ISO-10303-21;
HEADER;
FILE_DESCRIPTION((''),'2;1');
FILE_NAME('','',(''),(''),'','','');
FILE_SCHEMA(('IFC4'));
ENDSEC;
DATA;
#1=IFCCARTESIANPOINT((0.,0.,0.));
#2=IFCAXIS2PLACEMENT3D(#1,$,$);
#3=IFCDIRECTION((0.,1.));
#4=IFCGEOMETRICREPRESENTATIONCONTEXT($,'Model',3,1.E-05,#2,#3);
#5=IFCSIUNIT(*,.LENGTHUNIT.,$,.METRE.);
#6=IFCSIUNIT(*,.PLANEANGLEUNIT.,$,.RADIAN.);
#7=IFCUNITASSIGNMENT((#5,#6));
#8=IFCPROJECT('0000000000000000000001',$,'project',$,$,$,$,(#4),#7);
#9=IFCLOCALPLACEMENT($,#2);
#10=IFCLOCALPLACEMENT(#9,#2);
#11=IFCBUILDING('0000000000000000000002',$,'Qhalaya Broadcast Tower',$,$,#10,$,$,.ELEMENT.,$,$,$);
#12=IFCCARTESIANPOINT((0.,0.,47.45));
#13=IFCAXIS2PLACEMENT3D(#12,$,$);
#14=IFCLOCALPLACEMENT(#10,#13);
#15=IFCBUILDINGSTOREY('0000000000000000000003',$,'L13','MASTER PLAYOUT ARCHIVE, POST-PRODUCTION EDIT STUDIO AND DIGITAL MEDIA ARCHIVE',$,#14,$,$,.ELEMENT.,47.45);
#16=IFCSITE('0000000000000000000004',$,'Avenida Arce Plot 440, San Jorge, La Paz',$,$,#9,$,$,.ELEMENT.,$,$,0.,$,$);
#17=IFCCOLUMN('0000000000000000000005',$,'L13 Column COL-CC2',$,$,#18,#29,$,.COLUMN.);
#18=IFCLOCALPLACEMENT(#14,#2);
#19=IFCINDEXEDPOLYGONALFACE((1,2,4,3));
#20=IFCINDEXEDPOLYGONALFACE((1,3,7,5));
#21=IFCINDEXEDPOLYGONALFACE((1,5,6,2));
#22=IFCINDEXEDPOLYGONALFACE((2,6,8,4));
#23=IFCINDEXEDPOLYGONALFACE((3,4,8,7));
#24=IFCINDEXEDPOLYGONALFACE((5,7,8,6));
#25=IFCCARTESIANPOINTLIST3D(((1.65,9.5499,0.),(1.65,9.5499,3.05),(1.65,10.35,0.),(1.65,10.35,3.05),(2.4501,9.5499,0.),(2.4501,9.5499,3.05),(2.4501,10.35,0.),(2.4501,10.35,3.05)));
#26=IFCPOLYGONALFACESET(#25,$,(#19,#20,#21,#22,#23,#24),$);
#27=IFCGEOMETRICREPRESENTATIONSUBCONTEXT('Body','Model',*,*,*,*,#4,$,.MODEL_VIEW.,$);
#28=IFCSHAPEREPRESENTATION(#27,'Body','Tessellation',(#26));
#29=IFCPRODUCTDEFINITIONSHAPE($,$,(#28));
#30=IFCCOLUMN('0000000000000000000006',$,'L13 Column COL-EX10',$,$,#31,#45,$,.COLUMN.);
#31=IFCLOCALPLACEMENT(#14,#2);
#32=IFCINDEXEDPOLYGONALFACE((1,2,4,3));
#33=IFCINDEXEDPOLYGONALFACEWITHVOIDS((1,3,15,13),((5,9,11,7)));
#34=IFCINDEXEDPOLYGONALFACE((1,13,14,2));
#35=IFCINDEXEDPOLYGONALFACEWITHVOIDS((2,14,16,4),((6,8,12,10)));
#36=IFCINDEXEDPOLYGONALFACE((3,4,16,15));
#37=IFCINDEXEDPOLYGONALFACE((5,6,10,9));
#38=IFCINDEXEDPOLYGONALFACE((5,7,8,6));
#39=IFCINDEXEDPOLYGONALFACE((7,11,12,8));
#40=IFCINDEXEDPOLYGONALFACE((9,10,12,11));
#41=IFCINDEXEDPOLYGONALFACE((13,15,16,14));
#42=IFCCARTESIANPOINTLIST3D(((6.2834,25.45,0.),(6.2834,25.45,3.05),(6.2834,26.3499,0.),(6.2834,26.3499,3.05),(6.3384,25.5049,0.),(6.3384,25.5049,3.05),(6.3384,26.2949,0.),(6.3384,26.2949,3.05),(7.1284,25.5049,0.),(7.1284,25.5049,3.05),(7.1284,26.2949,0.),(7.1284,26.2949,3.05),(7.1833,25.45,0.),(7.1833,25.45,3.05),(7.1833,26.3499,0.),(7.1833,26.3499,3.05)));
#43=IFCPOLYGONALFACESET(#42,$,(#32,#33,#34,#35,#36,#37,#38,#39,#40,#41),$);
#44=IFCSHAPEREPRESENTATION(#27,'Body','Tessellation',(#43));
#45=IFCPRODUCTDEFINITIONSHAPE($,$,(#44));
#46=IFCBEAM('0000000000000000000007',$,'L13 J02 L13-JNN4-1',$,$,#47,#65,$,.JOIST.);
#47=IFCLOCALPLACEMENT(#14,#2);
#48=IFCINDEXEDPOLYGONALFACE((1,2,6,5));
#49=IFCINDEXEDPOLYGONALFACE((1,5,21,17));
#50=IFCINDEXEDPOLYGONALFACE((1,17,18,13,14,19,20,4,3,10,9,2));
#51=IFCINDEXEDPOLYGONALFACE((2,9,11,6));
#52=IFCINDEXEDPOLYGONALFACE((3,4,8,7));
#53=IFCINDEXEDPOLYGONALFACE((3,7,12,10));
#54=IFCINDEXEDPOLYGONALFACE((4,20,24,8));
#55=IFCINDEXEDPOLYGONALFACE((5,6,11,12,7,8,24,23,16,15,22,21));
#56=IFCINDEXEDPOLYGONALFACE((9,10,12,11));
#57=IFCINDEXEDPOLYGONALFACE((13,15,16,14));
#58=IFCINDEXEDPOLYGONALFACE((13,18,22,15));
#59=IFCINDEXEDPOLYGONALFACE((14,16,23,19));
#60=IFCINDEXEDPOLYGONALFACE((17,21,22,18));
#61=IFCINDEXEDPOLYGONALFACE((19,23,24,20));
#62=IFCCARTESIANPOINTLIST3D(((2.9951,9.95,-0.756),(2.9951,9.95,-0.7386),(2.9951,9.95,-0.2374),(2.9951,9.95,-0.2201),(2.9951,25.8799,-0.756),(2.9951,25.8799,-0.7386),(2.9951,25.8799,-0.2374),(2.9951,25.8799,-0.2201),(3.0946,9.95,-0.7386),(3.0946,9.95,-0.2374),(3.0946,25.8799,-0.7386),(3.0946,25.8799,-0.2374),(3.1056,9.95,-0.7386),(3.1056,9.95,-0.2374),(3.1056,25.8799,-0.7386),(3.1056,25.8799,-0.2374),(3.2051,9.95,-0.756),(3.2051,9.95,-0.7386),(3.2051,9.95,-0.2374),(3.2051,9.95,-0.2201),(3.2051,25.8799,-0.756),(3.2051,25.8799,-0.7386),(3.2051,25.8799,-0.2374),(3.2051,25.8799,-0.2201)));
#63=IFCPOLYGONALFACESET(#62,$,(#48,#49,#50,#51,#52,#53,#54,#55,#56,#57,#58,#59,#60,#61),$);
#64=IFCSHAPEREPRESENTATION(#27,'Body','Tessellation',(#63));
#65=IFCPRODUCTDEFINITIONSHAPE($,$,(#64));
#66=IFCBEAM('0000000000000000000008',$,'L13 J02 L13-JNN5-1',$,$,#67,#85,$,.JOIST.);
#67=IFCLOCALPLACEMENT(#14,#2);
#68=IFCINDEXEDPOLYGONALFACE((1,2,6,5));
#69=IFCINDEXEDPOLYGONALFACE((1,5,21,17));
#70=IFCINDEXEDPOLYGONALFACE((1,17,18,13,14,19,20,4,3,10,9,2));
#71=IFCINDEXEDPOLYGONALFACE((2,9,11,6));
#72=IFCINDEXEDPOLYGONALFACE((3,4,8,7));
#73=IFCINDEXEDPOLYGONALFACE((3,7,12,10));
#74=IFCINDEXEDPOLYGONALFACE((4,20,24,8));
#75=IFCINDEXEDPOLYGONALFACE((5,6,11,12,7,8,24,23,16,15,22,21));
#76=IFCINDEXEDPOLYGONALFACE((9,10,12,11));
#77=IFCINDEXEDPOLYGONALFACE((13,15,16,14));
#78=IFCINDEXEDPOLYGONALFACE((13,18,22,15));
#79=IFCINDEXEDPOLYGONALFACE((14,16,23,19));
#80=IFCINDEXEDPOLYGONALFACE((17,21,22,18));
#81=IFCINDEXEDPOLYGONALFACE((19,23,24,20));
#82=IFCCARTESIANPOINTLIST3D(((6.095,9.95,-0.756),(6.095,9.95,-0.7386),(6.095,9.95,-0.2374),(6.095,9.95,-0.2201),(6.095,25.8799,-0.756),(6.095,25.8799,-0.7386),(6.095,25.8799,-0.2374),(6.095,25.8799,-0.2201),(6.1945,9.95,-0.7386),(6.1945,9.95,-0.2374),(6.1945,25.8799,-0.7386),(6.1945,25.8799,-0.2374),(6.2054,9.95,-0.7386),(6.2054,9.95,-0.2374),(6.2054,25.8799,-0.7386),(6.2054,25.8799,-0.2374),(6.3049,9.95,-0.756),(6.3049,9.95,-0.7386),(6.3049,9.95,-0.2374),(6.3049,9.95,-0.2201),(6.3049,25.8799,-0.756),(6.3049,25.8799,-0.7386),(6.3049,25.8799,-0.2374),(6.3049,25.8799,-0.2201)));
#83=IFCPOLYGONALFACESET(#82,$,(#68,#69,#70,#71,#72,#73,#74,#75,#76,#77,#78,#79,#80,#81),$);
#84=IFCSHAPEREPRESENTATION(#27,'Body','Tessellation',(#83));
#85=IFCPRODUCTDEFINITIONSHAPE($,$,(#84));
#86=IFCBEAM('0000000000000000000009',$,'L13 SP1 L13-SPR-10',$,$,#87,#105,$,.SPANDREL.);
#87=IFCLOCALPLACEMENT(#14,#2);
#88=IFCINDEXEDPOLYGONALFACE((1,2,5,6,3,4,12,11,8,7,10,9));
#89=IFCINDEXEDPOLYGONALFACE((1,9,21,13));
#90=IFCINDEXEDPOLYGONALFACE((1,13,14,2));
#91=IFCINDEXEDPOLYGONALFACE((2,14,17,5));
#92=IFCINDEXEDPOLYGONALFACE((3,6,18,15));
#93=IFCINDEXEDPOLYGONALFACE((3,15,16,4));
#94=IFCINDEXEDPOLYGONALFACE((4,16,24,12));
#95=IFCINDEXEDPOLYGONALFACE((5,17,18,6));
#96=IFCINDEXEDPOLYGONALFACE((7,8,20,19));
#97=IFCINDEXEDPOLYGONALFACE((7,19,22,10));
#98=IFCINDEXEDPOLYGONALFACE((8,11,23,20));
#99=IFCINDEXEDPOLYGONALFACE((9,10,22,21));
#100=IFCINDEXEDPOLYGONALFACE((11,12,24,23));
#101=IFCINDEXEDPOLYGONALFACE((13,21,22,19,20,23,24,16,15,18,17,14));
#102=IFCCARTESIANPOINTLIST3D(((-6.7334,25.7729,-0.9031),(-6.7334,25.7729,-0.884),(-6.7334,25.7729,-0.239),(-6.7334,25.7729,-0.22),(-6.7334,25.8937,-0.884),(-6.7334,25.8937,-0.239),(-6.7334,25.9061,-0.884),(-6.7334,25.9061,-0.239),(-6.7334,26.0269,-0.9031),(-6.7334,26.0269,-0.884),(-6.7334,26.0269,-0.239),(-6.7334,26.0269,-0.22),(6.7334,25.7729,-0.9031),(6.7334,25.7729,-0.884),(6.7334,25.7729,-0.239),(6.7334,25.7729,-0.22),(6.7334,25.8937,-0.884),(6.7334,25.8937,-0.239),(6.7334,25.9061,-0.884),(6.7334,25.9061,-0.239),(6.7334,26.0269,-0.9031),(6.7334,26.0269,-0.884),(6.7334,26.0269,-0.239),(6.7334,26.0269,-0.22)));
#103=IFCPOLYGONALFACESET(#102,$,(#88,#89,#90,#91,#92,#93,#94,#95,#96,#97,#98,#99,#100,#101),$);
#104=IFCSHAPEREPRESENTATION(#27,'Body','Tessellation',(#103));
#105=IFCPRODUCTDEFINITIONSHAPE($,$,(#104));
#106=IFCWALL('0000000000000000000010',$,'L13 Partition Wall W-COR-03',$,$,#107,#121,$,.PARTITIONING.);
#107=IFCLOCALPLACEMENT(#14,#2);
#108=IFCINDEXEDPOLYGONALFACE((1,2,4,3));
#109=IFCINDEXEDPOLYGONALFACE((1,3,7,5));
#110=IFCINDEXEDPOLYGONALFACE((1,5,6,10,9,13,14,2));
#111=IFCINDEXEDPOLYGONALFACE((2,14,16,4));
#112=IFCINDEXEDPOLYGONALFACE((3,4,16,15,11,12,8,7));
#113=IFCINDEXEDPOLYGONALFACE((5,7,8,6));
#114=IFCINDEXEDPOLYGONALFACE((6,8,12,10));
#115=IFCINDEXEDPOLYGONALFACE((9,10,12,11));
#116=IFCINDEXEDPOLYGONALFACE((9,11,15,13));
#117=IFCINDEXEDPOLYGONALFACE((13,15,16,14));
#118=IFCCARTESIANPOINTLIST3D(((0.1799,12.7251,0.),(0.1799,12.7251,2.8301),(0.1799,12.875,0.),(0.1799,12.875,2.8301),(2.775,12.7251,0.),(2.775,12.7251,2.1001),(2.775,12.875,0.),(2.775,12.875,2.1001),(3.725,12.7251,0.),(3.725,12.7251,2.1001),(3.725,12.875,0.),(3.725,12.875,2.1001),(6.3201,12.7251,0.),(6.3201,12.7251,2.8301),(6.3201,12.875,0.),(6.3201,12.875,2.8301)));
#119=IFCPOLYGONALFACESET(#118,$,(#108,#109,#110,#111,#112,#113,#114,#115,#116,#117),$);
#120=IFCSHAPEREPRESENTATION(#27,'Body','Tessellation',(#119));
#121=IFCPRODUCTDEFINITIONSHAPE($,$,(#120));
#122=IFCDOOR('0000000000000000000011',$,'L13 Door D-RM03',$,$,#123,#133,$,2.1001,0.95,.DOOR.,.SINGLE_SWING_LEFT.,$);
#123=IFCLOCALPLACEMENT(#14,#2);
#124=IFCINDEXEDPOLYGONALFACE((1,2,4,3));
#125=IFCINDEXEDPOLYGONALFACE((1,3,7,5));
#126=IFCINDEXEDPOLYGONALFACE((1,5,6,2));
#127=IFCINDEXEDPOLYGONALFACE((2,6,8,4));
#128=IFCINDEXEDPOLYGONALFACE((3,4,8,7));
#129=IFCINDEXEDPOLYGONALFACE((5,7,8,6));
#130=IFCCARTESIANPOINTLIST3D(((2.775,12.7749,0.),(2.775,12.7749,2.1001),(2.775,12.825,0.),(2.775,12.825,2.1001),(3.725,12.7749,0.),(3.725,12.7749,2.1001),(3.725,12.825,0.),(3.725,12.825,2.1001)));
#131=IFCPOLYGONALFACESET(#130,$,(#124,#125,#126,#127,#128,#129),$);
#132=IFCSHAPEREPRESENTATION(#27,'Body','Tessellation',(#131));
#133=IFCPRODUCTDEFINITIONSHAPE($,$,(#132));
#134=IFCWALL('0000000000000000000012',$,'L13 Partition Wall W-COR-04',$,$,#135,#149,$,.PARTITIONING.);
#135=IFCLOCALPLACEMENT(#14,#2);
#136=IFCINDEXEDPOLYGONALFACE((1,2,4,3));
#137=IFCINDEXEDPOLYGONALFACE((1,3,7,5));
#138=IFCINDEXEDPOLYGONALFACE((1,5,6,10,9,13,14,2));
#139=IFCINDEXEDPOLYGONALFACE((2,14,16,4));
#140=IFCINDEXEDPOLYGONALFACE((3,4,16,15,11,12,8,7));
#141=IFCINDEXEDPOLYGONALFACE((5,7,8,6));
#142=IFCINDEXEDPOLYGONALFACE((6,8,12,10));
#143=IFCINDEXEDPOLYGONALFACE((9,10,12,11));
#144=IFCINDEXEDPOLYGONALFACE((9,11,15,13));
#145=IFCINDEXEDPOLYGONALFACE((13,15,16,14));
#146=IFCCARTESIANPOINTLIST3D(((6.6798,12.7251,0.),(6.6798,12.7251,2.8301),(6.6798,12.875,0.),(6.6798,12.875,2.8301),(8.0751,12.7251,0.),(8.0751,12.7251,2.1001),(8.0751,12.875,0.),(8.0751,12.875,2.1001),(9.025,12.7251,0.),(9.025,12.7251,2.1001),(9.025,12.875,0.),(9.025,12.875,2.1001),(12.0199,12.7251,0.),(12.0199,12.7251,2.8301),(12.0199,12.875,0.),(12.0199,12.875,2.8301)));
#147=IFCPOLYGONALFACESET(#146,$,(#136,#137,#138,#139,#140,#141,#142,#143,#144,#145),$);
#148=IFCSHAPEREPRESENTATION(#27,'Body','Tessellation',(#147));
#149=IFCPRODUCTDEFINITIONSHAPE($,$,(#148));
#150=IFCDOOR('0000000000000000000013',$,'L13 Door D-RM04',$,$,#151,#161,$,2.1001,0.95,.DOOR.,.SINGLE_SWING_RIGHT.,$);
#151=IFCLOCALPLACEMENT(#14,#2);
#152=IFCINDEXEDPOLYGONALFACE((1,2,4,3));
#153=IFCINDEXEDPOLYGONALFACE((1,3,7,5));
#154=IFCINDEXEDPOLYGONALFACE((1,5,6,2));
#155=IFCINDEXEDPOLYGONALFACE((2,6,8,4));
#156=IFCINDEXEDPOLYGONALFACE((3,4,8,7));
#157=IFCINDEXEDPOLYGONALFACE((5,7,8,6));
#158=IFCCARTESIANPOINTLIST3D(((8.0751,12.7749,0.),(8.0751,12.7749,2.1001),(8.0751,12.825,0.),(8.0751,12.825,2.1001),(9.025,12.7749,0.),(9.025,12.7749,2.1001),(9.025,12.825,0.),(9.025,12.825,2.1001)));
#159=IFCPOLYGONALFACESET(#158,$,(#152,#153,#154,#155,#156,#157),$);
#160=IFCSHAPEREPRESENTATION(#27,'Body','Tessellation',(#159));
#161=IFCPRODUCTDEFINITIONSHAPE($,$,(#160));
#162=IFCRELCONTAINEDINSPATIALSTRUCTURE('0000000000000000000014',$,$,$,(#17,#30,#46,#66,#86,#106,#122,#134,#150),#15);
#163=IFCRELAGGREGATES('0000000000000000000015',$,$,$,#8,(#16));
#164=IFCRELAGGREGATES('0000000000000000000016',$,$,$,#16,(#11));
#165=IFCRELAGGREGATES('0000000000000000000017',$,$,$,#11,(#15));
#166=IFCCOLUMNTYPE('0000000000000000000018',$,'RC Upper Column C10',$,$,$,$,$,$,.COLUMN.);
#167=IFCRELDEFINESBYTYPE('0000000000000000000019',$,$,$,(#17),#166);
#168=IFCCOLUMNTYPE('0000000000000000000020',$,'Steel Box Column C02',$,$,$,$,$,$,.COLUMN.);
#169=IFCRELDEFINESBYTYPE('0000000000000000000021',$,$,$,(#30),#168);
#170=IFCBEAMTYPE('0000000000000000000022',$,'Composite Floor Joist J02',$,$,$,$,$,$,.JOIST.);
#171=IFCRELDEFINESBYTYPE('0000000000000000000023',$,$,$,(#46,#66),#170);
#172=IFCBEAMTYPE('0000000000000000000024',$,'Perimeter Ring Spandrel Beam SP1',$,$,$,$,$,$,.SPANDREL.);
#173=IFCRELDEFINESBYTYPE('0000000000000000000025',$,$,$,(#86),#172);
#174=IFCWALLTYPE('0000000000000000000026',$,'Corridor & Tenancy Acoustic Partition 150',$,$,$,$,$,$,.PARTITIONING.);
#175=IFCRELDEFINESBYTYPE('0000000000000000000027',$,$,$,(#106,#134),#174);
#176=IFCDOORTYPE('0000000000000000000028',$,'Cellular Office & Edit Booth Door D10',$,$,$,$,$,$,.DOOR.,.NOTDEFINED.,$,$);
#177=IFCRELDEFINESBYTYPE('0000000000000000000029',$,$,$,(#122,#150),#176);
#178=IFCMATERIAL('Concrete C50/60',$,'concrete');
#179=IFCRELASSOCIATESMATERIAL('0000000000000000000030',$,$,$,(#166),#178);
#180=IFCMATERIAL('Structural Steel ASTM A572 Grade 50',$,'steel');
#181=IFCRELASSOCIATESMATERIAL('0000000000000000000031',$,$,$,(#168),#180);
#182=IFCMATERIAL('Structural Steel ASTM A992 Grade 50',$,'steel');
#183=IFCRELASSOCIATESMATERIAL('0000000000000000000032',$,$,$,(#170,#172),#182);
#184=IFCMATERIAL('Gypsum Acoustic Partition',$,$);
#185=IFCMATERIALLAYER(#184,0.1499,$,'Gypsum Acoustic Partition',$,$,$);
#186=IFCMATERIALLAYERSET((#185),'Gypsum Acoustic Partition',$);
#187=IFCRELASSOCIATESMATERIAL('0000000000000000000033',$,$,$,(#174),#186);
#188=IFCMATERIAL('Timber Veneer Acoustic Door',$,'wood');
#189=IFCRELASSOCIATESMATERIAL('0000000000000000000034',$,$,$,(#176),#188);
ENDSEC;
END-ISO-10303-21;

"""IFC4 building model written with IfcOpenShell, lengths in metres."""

from ifc_helpers import new_model, si_unit, direction, frame, frame_2d, origin, origin_2d, place, context, subcontext, project, spatial, rectangle, hollow_rectangle, i_section, extrude, material, layer, layer_set, material_profile, profile_set, type_object, element, fill, save


model = new_model("IFC4")

# Units and contexts
model_context = context("Model", 3, precision=1e-05, world=origin(), true_north=direction((0.0, 1.0)))
body_context = subcontext(model_context, "Body", "Model", "MODEL_VIEW")
ifc_project = project(units=[si_unit("LENGTHUNIT", "METRE"), si_unit("PLANEANGLEUNIT", "RADIAN")], contexts=[model_context])

# Site, building, storey
site_placement = place(None, origin())
site = spatial("IfcSite", under=ifc_project, at=site_placement, Name="Avenida Arce Plot 440, San Jorge, La Paz", CompositionType="ELEMENT", RefElevation=0.0)
building_placement = place(site_placement, origin())
building = spatial("IfcBuilding", under=site, at=building_placement, Name="Qhalaya Broadcast Tower", CompositionType="ELEMENT")
storey_placement = place(building_placement, frame((0.0, 0.0, 47.45)))
storey = spatial("IfcBuildingStorey", under=building, at=storey_placement, Name="L13", Description="MASTER PLAYOUT ARCHIVE, POST-PRODUCTION EDIT STUDIO AND DIGITAL MEDIA ARCHIVE", CompositionType="ELEMENT", Elevation=47.45)

# Columns
ifc_material_1 = material(Name="Concrete C50/60", Category="concrete")
ifc_material_profile_1 = material_profile(ifc_material_1, rectangle(XDim=0.8, YDim=0.8, at=origin_2d()), Name="RC-COL 800x800")
ifc_profile_set_1 = profile_set([ifc_material_profile_1], Name="Concrete C50/60")
column_type_1 = type_object("IfcColumnType", Name="RC Upper Column C10", PredefinedType="COLUMN", material=ifc_profile_set_1)
column_1_placement = place(storey_placement, frame((2.05, 9.95, 0.0), z_axis=(0.0, 0.0, 1.0), x_axis=(1.0, 0.0, 0.0)))
element("IfcColumn", 1, at=column_1_placement, inside=storey, type_object=column_type_1, Name="L13 Column COL-CC2", PredefinedType="COLUMN", context=body_context, shape_type="SweptSolid", body=[
    extrude(rectangle(XDim=0.8, YDim=0.8, at=origin_2d()), origin(), (0.0, 0.0, 1.0), 3.05),
])
ifc_material_2 = material(Name="Structural Steel ASTM A572 Grade 50", Category="steel")
ifc_material_profile_2 = material_profile(ifc_material_2, hollow_rectangle(XDim=0.8999, YDim=0.8999, WallThickness=0.0549, at=origin_2d()), Name="BOX 900x900x55")
ifc_profile_set_2 = profile_set([ifc_material_profile_2], Name="Structural Steel ASTM A572 Grade 50")
column_type_2 = type_object("IfcColumnType", Name="Steel Box Column C02", PredefinedType="COLUMN", material=ifc_profile_set_2)
column_2_placement = place(storey_placement, frame((6.7334, 25.8999, 0.0), z_axis=(0.0, 0.0, 1.0), x_axis=(1.0, 0.0, 0.0)))
element("IfcColumn", 2, at=column_2_placement, inside=storey, type_object=column_type_2, Name="L13 Column COL-EX10", PredefinedType="COLUMN", context=body_context, shape_type="SweptSolid", body=[
    extrude(hollow_rectangle(XDim=0.8999, YDim=0.8999, WallThickness=0.0549, at=origin_2d()), origin(), (0.0, 0.0, 1.0), 3.05),
])

# Beams
ifc_material_3 = material(Name="Structural Steel ASTM A992 Grade 50", Category="steel")
ifc_material_profile_3 = material_profile(ifc_material_3, i_section(OverallWidth=0.21, OverallDepth=0.5359, WebThickness=0.011, FlangeThickness=0.0173, at=origin_2d()), Name="W21X68")
ifc_profile_set_3 = profile_set([ifc_material_profile_3], Name="Structural Steel ASTM A992 Grade 50")
beam_type_1 = type_object("IfcBeamType", Name="Composite Floor Joist J02", PredefinedType="JOIST", material=ifc_profile_set_3)
for number, where, z_axis, x_axis, name in (
    (3, (3.1001, 9.95, -0.488), (0.0, 1.0, 0.0), (-1.0, 0.0, 0.0), "L13 J02 L13-JNN4-1"),
    (4, (6.2, 9.95, -0.488), (0.0, 1.0, 0.0), (-1.0, 0.0, 0.0), "L13 J02 L13-JNN5-1"),
):
    element("IfcBeam", number, at=place(storey_placement, frame(where, z_axis=z_axis, x_axis=x_axis)), inside=storey, type_object=beam_type_1, Name=name, PredefinedType="JOIST", context=body_context, shape_type="SweptSolid", body=[
        extrude(i_section(OverallWidth=0.21, OverallDepth=0.5359, WebThickness=0.011, FlangeThickness=0.0173, at=origin_2d()), origin(), (0.0, 0.0, 1.0), 15.9299),
    ])
ifc_material_profile_4 = material_profile(ifc_material_3, i_section(OverallWidth=0.2539, OverallDepth=0.6831, WebThickness=0.0125, FlangeThickness=0.019, at=origin_2d()), Name="W27X94")
ifc_profile_set_4 = profile_set([ifc_material_profile_4], Name="Structural Steel ASTM A992 Grade 50")
beam_type_2 = type_object("IfcBeamType", Name="Perimeter Ring Spandrel Beam SP1", PredefinedType="SPANDREL", material=ifc_profile_set_4)
beam_placement = place(storey_placement, frame((6.7334, 25.8999, -0.5615), z_axis=(-1.0, 0.0, 0.0), x_axis=(0.0, -1.0, 0.0)))
element("IfcBeam", 5, at=beam_placement, inside=storey, type_object=beam_type_2, Name="L13 SP1 L13-SPR-10", PredefinedType="SPANDREL", context=body_context, shape_type="SweptSolid", body=[
    extrude(i_section(OverallWidth=0.2539, OverallDepth=0.6831, WebThickness=0.0125, FlangeThickness=0.019, at=origin_2d()), origin(), (0.0, 0.0, 1.0), 13.4668),
])

# Walls, openings, doors
ifc_material_4 = material(Name="Gypsum Acoustic Partition")
ifc_layer_1 = layer(ifc_material_4, 0.1499, Name="Gypsum Acoustic Partition")
ifc_layer_set_1 = layer_set([ifc_layer_1], Name="Gypsum Acoustic Partition")
wall_type_1 = type_object("IfcWallType", Name="Corridor & Tenancy Acoustic Partition 150", PredefinedType="PARTITIONING", material=ifc_layer_set_1)
wall_1_placement = place(storey_placement, frame((0.1799, 12.8, 0.0), z_axis=(0.0, 0.0, 1.0), x_axis=(1.0, 0.0, 0.0)))
wall_1 = element("IfcWall", 6, at=wall_1_placement, inside=storey, type_object=wall_type_1, Name="L13 Partition Wall W-COR-03", PredefinedType="PARTITIONING", context=body_context, shape_type="SweptSolid", body=[
    extrude(rectangle(XDim=6.1401, YDim=0.1499, at=frame_2d((3.0701, 0.0))), origin(), (0.0, 0.0, 1.0), 2.8301),
])
opening_1_placement = place(wall_1_placement, frame((2.595, 0.0, 0.0)))
opening_1 = element("IfcOpeningElement", 7, at=opening_1_placement, cuts=wall_1, PredefinedType="OPENING", context=body_context, shape_type="SweptSolid", body=[
    extrude(rectangle(XDim=0.95, YDim=2.1001, at=frame_2d((0.4751, 1.05))), frame((0.0, 0.0869, 0.0), z_axis=(0.0, -1.0, 0.0), x_axis=(1.0, 0.0, 0.0)), (0.0, 0.0, 1.0), 0.1738),
])
ifc_material_5 = material(Name="Timber Veneer Acoustic Door", Category="wood")
door_type = type_object("IfcDoorType", Name="Cellular Office & Edit Booth Door D10", OperationType="NOTDEFINED", PredefinedType="DOOR", material=ifc_material_5)
door_1_placement = place(opening_1_placement, origin())
door_1 = element("IfcDoor", 8, at=door_1_placement, inside=storey, type_object=door_type, Name="L13 Door D-RM03", OperationType="SINGLE_SWING_LEFT", OverallHeight=2.1001, OverallWidth=0.95, PredefinedType="DOOR", context=body_context, shape_type="SweptSolid", body=[
    extrude(rectangle(XDim=0.95, YDim=2.1001, at=frame_2d((0.4751, 1.05))), frame((0.0, 0.0249, 0.0), z_axis=(0.0, -1.0, 0.0), x_axis=(1.0, 0.0, 0.0)), (0.0, 0.0, 1.0), 0.05),
])
fill(opening_1, door_1)
wall_2_placement = place(storey_placement, frame((6.6799, 12.8, 0.0), z_axis=(0.0, 0.0, 1.0), x_axis=(1.0, 0.0, 0.0)))
wall_2 = element("IfcWall", 9, at=wall_2_placement, inside=storey, type_object=wall_type_1, Name="L13 Partition Wall W-COR-04", PredefinedType="PARTITIONING", context=body_context, shape_type="SweptSolid", body=[
    extrude(rectangle(XDim=5.3401, YDim=0.1499, at=frame_2d((2.6699, 0.0))), origin(), (0.0, 0.0, 1.0), 2.8301),
])
opening_2_placement = place(wall_2_placement, frame((1.395, 0.0, 0.0)))
opening_2 = element("IfcOpeningElement", 10, at=opening_2_placement, cuts=wall_2, PredefinedType="OPENING", context=body_context, shape_type="SweptSolid", body=[
    extrude(rectangle(XDim=0.95, YDim=2.1001, at=frame_2d((0.4751, 1.05))), frame((0.0, 0.0869, 0.0), z_axis=(0.0, -1.0, 0.0), x_axis=(1.0, 0.0, 0.0)), (0.0, 0.0, 1.0), 0.1738),
])
door_2_placement = place(opening_2_placement, origin())
door_2 = element("IfcDoor", 11, at=door_2_placement, inside=storey, type_object=door_type, Name="L13 Door D-RM04", OperationType="SINGLE_SWING_RIGHT", OverallHeight=2.1001, OverallWidth=0.95, PredefinedType="DOOR", context=body_context, shape_type="SweptSolid", body=[
    extrude(rectangle(XDim=0.95, YDim=2.1001, at=frame_2d((0.4751, 1.05))), frame((0.0, 0.0249, 0.0), z_axis=(0.0, -1.0, 0.0), x_axis=(1.0, 0.0, 0.0)), (0.0, 0.0, 1.0), 0.05),
])
fill(opening_2, door_2)

save(model, "model.ifc")
